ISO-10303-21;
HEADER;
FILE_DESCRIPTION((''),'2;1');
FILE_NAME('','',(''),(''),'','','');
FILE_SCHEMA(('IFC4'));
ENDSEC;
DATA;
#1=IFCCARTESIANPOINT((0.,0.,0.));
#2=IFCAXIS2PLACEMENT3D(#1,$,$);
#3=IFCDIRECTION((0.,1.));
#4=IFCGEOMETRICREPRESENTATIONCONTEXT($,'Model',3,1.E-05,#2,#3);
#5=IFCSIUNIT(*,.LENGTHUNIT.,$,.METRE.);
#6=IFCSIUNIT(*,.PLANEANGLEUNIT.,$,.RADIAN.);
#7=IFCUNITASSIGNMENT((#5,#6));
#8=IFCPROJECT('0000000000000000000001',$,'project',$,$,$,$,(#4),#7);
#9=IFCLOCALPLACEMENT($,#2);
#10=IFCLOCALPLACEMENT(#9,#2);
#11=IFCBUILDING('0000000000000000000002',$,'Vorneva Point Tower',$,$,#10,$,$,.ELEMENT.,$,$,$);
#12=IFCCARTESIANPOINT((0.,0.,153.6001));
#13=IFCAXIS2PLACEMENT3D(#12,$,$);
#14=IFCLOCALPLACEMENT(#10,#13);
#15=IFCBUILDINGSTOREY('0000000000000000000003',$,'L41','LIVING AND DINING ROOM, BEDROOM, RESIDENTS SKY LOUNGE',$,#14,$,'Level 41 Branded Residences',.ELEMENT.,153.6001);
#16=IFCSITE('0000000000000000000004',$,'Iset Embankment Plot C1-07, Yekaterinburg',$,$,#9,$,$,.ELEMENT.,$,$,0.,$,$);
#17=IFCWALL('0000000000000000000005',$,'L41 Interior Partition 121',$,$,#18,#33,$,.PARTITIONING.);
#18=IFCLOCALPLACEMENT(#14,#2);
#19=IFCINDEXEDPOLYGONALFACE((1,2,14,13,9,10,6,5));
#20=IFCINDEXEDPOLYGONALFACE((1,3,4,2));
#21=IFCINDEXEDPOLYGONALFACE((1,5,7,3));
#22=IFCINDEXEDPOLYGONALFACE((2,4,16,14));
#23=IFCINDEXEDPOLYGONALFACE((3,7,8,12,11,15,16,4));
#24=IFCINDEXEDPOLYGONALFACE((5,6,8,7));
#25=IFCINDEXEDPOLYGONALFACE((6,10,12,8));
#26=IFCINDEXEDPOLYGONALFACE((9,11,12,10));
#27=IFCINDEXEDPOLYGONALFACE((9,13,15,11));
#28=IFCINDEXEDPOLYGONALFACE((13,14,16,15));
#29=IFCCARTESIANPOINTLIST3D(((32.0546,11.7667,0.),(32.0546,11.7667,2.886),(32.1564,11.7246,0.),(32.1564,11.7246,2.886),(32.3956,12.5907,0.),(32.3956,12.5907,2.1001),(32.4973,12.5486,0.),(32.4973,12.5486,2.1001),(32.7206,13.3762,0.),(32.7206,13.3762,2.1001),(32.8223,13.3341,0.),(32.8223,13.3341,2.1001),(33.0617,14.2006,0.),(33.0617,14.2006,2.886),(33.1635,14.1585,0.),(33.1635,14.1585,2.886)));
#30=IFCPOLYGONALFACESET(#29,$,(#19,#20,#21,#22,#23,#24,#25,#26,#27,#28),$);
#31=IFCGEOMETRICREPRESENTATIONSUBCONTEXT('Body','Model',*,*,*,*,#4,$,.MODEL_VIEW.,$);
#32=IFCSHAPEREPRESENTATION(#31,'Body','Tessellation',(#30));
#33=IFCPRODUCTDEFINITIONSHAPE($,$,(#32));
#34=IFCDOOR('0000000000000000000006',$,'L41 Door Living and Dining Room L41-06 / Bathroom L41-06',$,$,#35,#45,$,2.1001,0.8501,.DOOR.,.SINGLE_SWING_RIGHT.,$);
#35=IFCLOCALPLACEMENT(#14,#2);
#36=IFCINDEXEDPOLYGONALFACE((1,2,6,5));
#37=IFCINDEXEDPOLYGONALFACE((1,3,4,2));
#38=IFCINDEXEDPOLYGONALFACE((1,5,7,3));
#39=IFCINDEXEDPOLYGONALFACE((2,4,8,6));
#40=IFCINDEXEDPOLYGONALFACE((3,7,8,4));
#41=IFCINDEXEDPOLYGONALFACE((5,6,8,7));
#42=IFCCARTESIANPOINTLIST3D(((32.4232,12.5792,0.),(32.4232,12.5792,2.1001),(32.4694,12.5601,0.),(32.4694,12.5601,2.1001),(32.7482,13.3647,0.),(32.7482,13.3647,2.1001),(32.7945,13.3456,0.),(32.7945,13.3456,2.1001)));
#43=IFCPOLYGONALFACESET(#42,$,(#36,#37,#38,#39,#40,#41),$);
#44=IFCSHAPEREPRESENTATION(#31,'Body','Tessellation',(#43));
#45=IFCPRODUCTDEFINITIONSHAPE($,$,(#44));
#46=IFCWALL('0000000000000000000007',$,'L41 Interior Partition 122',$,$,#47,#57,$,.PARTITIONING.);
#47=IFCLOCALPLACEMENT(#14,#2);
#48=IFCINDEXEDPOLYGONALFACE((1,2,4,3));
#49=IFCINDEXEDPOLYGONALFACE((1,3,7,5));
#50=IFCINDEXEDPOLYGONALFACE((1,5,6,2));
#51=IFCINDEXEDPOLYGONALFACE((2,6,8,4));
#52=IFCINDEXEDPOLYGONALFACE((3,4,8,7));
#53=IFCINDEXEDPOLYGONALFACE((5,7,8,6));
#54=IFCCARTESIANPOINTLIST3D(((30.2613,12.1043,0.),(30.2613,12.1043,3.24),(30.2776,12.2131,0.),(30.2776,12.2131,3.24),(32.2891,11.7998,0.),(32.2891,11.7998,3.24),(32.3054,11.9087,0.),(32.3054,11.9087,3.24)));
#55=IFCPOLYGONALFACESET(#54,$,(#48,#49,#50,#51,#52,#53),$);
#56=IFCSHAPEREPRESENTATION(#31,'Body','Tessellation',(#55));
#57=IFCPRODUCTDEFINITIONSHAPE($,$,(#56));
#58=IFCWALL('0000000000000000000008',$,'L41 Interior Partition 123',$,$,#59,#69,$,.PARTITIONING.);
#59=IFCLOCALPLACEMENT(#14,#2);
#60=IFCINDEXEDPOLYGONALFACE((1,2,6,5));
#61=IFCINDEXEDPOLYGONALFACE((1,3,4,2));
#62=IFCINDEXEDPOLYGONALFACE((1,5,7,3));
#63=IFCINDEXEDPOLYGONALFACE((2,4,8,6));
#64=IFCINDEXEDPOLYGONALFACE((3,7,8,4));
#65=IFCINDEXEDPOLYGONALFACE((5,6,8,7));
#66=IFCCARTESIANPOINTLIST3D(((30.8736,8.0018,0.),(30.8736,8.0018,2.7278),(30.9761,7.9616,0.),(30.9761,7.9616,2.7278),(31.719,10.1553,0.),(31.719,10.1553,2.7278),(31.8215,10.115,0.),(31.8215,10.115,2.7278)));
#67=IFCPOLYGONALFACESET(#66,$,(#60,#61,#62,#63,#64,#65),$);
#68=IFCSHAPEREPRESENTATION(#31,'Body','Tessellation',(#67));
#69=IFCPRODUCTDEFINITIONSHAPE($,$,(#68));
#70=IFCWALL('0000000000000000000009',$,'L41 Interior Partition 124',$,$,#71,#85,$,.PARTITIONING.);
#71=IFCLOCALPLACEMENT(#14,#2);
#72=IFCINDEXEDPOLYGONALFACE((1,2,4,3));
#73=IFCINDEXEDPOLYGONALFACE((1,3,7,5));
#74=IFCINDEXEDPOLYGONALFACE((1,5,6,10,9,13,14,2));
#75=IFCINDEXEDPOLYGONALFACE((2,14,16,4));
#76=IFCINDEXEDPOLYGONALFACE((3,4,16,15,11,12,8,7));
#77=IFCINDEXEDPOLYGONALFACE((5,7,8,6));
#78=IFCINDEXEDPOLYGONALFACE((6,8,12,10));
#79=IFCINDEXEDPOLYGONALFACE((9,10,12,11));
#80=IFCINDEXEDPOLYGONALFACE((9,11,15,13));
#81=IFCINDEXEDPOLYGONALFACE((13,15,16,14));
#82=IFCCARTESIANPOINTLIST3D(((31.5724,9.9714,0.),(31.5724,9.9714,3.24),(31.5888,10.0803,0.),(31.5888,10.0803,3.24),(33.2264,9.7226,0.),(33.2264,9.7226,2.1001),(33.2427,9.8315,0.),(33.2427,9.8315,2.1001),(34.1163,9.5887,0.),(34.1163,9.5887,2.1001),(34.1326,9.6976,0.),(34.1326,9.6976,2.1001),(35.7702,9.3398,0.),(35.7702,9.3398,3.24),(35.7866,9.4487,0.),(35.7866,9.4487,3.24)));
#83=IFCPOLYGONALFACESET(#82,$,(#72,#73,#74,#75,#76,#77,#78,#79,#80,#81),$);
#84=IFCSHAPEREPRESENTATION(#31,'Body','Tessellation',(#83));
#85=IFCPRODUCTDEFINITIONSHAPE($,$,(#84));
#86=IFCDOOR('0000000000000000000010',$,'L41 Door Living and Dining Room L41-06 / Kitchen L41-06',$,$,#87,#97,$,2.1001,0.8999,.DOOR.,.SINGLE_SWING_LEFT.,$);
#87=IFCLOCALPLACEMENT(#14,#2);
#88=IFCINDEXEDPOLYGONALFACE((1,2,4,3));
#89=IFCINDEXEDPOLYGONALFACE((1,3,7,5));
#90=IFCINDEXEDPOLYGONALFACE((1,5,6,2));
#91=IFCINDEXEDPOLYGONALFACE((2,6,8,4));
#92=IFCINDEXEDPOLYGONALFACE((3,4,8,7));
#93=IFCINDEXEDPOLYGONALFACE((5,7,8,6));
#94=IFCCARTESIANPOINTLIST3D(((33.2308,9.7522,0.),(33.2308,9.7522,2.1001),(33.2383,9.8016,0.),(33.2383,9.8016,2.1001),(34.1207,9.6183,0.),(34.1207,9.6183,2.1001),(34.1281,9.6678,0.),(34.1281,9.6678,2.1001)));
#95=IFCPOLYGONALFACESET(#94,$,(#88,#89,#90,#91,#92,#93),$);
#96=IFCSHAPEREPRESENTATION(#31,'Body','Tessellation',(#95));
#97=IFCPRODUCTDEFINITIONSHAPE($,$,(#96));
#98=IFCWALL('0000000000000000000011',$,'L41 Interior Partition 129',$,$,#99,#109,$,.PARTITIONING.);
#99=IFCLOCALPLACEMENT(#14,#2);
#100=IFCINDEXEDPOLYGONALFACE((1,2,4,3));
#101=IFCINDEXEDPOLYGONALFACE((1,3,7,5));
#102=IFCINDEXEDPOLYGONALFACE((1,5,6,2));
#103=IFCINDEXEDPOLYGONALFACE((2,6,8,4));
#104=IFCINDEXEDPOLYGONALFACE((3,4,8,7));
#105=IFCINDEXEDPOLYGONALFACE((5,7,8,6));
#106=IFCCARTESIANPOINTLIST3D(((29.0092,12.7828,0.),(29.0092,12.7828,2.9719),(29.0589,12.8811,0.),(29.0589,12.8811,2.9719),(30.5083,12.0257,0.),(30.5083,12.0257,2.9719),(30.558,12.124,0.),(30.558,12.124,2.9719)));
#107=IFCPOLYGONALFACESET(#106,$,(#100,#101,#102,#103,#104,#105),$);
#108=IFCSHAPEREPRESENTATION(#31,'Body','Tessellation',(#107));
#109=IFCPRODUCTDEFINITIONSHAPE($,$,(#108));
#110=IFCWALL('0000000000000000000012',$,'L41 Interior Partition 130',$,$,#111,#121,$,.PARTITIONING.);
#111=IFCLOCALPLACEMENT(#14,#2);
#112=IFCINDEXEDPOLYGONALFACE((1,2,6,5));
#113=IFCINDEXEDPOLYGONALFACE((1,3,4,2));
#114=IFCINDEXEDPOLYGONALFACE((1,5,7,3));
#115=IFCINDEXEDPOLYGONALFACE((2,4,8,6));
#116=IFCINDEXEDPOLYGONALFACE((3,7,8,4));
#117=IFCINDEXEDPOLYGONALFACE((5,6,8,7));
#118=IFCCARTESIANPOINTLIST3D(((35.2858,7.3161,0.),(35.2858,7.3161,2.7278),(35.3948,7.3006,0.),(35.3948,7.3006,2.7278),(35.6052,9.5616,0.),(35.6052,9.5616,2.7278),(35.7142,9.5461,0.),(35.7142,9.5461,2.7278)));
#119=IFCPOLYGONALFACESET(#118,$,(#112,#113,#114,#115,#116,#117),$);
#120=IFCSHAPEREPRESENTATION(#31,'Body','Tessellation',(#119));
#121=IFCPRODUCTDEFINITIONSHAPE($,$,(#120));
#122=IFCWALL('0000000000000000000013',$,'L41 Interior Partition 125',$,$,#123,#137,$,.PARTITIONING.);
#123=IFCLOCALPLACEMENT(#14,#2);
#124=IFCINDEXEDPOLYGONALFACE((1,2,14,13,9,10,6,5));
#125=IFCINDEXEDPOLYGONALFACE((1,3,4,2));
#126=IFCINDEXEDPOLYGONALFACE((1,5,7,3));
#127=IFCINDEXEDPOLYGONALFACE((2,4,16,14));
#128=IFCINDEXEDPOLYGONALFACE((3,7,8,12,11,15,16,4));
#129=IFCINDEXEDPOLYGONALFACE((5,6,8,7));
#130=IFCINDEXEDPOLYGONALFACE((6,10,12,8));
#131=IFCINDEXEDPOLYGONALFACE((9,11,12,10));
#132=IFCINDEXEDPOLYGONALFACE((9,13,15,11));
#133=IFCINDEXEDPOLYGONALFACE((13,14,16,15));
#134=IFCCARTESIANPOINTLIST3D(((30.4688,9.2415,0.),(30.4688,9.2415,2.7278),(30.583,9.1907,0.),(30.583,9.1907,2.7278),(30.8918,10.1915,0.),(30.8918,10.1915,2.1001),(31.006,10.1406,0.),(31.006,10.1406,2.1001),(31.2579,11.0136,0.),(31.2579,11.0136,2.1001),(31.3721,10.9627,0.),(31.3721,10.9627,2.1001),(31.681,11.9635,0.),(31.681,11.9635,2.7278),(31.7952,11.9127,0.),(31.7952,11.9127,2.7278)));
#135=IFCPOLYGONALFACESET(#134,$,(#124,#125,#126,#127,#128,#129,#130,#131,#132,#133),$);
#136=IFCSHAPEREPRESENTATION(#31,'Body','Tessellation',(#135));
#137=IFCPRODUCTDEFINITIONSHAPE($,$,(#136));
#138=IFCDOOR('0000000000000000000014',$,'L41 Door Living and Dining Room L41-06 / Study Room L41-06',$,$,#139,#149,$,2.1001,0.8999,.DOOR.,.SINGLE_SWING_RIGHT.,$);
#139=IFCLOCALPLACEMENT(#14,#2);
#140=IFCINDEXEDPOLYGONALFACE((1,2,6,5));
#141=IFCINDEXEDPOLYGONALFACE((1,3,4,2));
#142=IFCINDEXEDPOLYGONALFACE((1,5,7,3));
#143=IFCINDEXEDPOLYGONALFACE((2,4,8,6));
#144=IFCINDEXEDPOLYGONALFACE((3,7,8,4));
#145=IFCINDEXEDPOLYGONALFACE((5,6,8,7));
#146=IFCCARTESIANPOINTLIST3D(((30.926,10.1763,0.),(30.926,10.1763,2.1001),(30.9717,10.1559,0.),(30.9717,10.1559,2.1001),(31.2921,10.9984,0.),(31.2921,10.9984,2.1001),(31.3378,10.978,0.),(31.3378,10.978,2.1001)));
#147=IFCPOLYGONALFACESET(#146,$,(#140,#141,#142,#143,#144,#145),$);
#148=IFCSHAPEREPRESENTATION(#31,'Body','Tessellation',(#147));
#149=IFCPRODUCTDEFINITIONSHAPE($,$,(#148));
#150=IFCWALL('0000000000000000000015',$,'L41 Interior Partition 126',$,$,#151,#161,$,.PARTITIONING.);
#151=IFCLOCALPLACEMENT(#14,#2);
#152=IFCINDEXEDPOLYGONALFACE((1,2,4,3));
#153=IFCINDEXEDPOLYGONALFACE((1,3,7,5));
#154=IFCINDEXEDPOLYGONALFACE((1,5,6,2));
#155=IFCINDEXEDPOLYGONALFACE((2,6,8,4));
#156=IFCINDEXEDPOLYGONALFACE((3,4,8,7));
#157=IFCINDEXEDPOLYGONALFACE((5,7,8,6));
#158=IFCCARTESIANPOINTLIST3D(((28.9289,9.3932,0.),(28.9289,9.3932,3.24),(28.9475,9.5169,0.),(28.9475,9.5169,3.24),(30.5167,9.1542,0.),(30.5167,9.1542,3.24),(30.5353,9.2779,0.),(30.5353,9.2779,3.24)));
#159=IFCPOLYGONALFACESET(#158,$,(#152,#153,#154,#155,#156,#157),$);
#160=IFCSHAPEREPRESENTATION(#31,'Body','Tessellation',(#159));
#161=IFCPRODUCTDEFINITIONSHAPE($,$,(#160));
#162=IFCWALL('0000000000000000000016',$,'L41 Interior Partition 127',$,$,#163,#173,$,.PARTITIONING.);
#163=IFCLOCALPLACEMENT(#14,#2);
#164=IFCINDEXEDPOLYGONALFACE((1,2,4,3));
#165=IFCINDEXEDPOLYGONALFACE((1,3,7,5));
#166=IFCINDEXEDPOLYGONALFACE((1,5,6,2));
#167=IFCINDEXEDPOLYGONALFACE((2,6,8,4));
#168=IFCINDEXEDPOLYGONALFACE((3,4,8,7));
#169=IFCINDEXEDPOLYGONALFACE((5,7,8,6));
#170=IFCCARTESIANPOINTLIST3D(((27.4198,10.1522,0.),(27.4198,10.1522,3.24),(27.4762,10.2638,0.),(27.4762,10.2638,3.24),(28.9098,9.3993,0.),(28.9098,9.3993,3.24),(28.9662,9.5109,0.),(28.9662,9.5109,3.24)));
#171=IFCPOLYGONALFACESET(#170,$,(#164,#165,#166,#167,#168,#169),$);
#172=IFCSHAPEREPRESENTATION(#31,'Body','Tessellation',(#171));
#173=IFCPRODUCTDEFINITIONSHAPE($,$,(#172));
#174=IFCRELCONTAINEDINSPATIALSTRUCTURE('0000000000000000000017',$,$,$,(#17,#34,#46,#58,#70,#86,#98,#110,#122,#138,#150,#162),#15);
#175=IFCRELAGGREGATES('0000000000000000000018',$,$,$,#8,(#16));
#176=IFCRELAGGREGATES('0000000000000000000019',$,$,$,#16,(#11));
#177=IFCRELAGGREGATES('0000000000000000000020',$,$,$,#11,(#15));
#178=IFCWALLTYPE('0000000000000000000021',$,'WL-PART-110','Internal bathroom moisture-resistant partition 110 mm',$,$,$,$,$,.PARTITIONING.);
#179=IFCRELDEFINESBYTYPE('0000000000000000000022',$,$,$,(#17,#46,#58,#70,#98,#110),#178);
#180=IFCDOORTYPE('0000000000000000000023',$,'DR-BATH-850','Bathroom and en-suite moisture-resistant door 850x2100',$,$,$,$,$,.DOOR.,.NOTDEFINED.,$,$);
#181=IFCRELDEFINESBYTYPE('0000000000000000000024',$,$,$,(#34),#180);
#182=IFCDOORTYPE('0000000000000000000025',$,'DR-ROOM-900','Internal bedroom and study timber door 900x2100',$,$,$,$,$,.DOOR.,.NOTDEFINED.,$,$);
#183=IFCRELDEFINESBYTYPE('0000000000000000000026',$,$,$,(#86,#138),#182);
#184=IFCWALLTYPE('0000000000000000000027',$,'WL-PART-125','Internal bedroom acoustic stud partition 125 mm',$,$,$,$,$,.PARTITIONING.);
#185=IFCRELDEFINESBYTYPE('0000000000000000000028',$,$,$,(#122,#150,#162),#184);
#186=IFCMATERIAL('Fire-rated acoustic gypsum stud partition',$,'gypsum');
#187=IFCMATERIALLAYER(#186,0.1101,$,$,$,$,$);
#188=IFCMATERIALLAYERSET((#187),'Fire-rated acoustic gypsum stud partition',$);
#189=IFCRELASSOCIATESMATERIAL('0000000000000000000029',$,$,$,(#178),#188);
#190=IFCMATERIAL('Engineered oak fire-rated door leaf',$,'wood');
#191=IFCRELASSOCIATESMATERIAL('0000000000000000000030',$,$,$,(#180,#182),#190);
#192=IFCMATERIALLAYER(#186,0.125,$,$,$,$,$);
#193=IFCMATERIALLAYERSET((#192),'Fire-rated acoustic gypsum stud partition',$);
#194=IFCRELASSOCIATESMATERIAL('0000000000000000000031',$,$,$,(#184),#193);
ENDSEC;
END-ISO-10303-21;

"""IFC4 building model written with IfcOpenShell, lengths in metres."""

from ifc_helpers import new_model, si_unit, direction, frame, frame_2d, origin, place, context, subcontext, project, spatial, rectangle, extrude, material, layer, layer_set, type_object, element, fill, save


model = new_model("IFC4")

# Units and contexts
model_context = context("Model", 3, precision=1e-05, world=origin(), true_north=direction((0.0, 1.0)))
body_context = subcontext(model_context, "Body", "Model", "MODEL_VIEW")
ifc_project = project(units=[si_unit("LENGTHUNIT", "METRE"), si_unit("PLANEANGLEUNIT", "RADIAN")], contexts=[model_context])

# Site, building, storey
site_placement = place(None, origin())
site = spatial("IfcSite", under=ifc_project, at=site_placement, Name="Iset Embankment Plot C1-07, Yekaterinburg", CompositionType="ELEMENT", RefElevation=0.0)
building_placement = place(site_placement, origin())
building = spatial("IfcBuilding", under=site, at=building_placement, Name="Vorneva Point Tower", CompositionType="ELEMENT")
storey_placement = place(building_placement, frame((0.0, 0.0, 153.6001)))
storey = spatial("IfcBuildingStorey", under=building, at=storey_placement, Name="L41", Description="LIVING AND DINING ROOM, BEDROOM, RESIDENTS SKY LOUNGE", LongName="Level 41 Branded Residences", CompositionType="ELEMENT", Elevation=153.6001)

# Wall, opening, door
ifc_material_1 = material(Name="Fire-rated acoustic gypsum stud partition", Category="gypsum")
ifc_layer_1 = layer(ifc_material_1, 0.1101)
ifc_layer_set_1 = layer_set([ifc_layer_1], Name="Fire-rated acoustic gypsum stud partition")
wall_type_1 = type_object("IfcWallType", Name="WL-PART-110", Description="Internal bathroom moisture-resistant partition 110 mm", PredefinedType="PARTITIONING", material=ifc_layer_set_1)
wall_1_placement = place(storey_placement, frame((33.1125, 14.1794, 0.0), z_axis=(0.0, 0.0, 1.0), x_axis=(-0.382344, -0.92402, 0.0)))
wall_1 = element("IfcWall", 1, at=wall_1_placement, inside=storey, type_object=wall_type_1, Name="L41 Interior Partition 121", PredefinedType="PARTITIONING", context=body_context, shape_type="SweptSolid", body=[
    extrude(rectangle(XDim=2.634, YDim=0.1101, at=frame_2d((1.3169, 0.0))), origin(), (0.0, 0.0, 1.0), 2.886),
])
opening_1_placement = place(wall_1_placement, frame((0.8921, 0.0, 0.0)))
opening_1 = element("IfcOpeningElement", 2, at=opening_1_placement, cuts=wall_1, PredefinedType="OPENING", context=body_context, shape_type="SweptSolid", body=[
    extrude(rectangle(XDim=0.8501, YDim=2.1001, at=frame_2d((0.425, 1.05))), frame((0.0, 0.0698, 0.0), z_axis=(0.0, -1.0, 0.0), x_axis=(1.0, 0.0, 0.0)), (0.0, 0.0, 1.0), 0.1399),
])
ifc_material_2 = material(Name="Engineered oak fire-rated door leaf", Category="wood")
door_type_1 = type_object("IfcDoorType", Name="DR-BATH-850", Description="Bathroom and en-suite moisture-resistant door 850x2100", OperationType="NOTDEFINED", PredefinedType="DOOR", material=ifc_material_2)
door_1_placement = place(opening_1_placement, origin())
door_1 = element("IfcDoor", 3, at=door_1_placement, inside=storey, type_object=door_type_1, Name="L41 Door Living and Dining Room L41-06 / Bathroom L41-06", OperationType="SINGLE_SWING_RIGHT", OverallHeight=2.1001, OverallWidth=0.8501, PredefinedType="DOOR", context=body_context, shape_type="SweptSolid", body=[
    extrude(rectangle(XDim=0.8501, YDim=2.1001, at=frame_2d((0.425, 1.05))), frame((0.0, 0.0249, 0.0), z_axis=(0.0, -1.0, 0.0), x_axis=(1.0, 0.0, 0.0)), (0.0, 0.0, 1.0), 0.05),
])
fill(opening_1, door_1)

# Walls
wall_2_placement = place(storey_placement, frame((32.2974, 11.8542, 0.0), z_axis=(0.0, 0.0, 1.0), x_axis=(-0.988917, 0.148469, 0.0)))
element("IfcWall", 4, at=wall_2_placement, inside=storey, type_object=wall_type_1, Name="L41 Interior Partition 122", PredefinedType="PARTITIONING", context=body_context, shape_type="SweptSolid", body=[
    extrude(rectangle(XDim=2.0505, YDim=0.1101, at=frame_2d((1.0254, 0.0))), origin(), (0.0, 0.0, 1.0), 3.24),
])
wall_3_placement = place(storey_placement, frame((30.9248, 7.9817, 0.0), z_axis=(0.0, 0.0, 1.0), x_axis=(0.365434, 0.930837, 0.0)))
element("IfcWall", 5, at=wall_3_placement, inside=storey, type_object=wall_type_1, Name="L41 Interior Partition 123", PredefinedType="PARTITIONING", context=body_context, shape_type="SweptSolid", body=[
    extrude(rectangle(XDim=2.3135, YDim=0.1101, at=frame_2d((1.1567, 0.0))), origin(), (0.0, 0.0, 1.0), 2.7278),
])

# Wall, opening, door
wall_4_placement = place(storey_placement, frame((31.5806, 10.0259, 0.0), z_axis=(0.0, 0.0, 1.0), x_axis=(0.98887, -0.148785, 0.0)))
wall_4 = element("IfcWall", 6, at=wall_4_placement, inside=storey, type_object=wall_type_1, Name="L41 Interior Partition 124", PredefinedType="PARTITIONING", context=body_context, shape_type="SweptSolid", body=[
    extrude(rectangle(XDim=4.2451, YDim=0.1101, at=frame_2d((2.1226, 0.0))), origin(), (0.0, 0.0, 1.0), 3.24),
])
opening_2_placement = place(wall_4_placement, frame((1.6726, 0.0, 0.0)))
opening_2 = element("IfcOpeningElement", 7, at=opening_2_placement, cuts=wall_4, PredefinedType="OPENING", context=body_context, shape_type="SweptSolid", body=[
    extrude(rectangle(XDim=0.8999, YDim=2.1001, at=frame_2d((0.45, 1.05))), frame((0.0, 0.0698, 0.0), z_axis=(0.0, -1.0, 0.0), x_axis=(1.0, 0.0, 0.0)), (0.0, 0.0, 1.0), 0.1399),
])
door_type_2 = type_object("IfcDoorType", Name="DR-ROOM-900", Description="Internal bedroom and study timber door 900x2100", OperationType="NOTDEFINED", PredefinedType="DOOR", material=ifc_material_2)
door_2_placement = place(opening_2_placement, origin())
door_2 = element("IfcDoor", 8, at=door_2_placement, inside=storey, type_object=door_type_2, Name="L41 Door Living and Dining Room L41-06 / Kitchen L41-06", OperationType="SINGLE_SWING_LEFT", OverallHeight=2.1001, OverallWidth=0.8999, PredefinedType="DOOR", context=body_context, shape_type="SweptSolid", body=[
    extrude(rectangle(XDim=0.8999, YDim=2.1001, at=frame_2d((0.45, 1.05))), frame((0.0, 0.0249, 0.0), z_axis=(0.0, -1.0, 0.0), x_axis=(1.0, 0.0, 0.0)), (0.0, 0.0, 1.0), 0.05),
])
fill(opening_2, door_2)

# Walls
wall_5_placement = place(storey_placement, frame((29.0339, 12.832, 0.0), z_axis=(0.0, 0.0, 1.0), x_axis=(0.892617, -0.450815, 0.0)))
element("IfcWall", 9, at=wall_5_placement, inside=storey, type_object=wall_type_1, Name="L41 Interior Partition 129", PredefinedType="PARTITIONING", context=body_context, shape_type="SweptSolid", body=[
    extrude(rectangle(XDim=1.6794, YDim=0.1101, at=frame_2d((0.8398, 0.0))), origin(), (0.0, 0.0, 1.0), 2.9719),
])
wall_6_placement = place(storey_placement, frame((35.3403, 7.3083, 0.0), z_axis=(0.0, 0.0, 1.0), x_axis=(0.140803, 0.990038, 0.0)))
element("IfcWall", 10, at=wall_6_placement, inside=storey, type_object=wall_type_1, Name="L41 Interior Partition 130", PredefinedType="PARTITIONING", context=body_context, shape_type="SweptSolid", body=[
    extrude(rectangle(XDim=2.2681, YDim=0.1101, at=frame_2d((1.134, 0.0))), origin(), (0.0, 0.0, 1.0), 2.7278),
])

# Wall, opening, door
ifc_layer_2 = layer(ifc_material_1, 0.125)
ifc_layer_set_2 = layer_set([ifc_layer_2], Name="Fire-rated acoustic gypsum stud partition")
wall_type_2 = type_object("IfcWallType", Name="WL-PART-125", Description="Internal bedroom acoustic stud partition 125 mm", PredefinedType="PARTITIONING", material=ifc_layer_set_2)
wall_7_placement = place(storey_placement, frame((31.738, 11.938, 0.0), z_axis=(0.0, 0.0, 1.0), x_axis=(-0.406815, -0.913511, 0.0)))
wall_7 = element("IfcWall", 11, at=wall_7_placement, inside=storey, type_object=wall_type_2, Name="L41 Interior Partition 125", PredefinedType="PARTITIONING", context=body_context, shape_type="SweptSolid", body=[
    extrude(rectangle(XDim=2.9797, YDim=0.125, at=frame_2d((1.4897, 0.0))), origin(), (0.0, 0.0, 1.0), 2.7278),
])
opening_3_placement = place(wall_7_placement, frame((1.0398, 0.0, 0.0)))
opening_3 = element("IfcOpeningElement", 12, at=opening_3_placement, cuts=wall_7, PredefinedType="OPENING", context=body_context, shape_type="SweptSolid", body=[
    extrude(rectangle(XDim=0.8999, YDim=2.1001, at=frame_2d((0.45, 1.05))), frame((0.0, 0.0774, 0.0), z_axis=(0.0, -1.0, 0.0), x_axis=(1.0, 0.0, 0.0)), (0.0, 0.0, 1.0), 0.1548),
])
door_3_placement = place(opening_3_placement, origin())
door_3 = element("IfcDoor", 13, at=door_3_placement, inside=storey, type_object=door_type_2, Name="L41 Door Living and Dining Room L41-06 / Study Room L41-06", OperationType="SINGLE_SWING_RIGHT", OverallHeight=2.1001, OverallWidth=0.8999, PredefinedType="DOOR", context=body_context, shape_type="SweptSolid", body=[
    extrude(rectangle(XDim=0.8999, YDim=2.1001, at=frame_2d((0.45, 1.05))), frame((0.0, 0.0249, 0.0), z_axis=(0.0, -1.0, 0.0), x_axis=(1.0, 0.0, 0.0)), (0.0, 0.0, 1.0), 0.05),
])
fill(opening_3, door_3)

# Walls
wall_8_placement = place(storey_placement, frame((30.5259, 9.2161, 0.0), z_axis=(0.0, 0.0, 1.0), x_axis=(-0.98886, 0.148846, 0.0)))
element("IfcWall", 14, at=wall_8_placement, inside=storey, type_object=wall_type_2, Name="L41 Interior Partition 126", PredefinedType="PARTITIONING", context=body_context, shape_type="SweptSolid", body=[
    extrude(rectangle(XDim=1.6057, YDim=0.125, at=frame_2d((0.8027, 0.0))), origin(), (0.0, 0.0, 1.0), 3.24),
])
wall_9_placement = place(storey_placement, frame((28.938, 9.4551, 0.0), z_axis=(0.0, 0.0, 1.0), x_axis=(-0.892518, 0.451012, 0.0)))
element("IfcWall", 15, at=wall_9_placement, inside=storey, type_object=wall_type_2, Name="L41 Interior Partition 127", PredefinedType="PARTITIONING", context=body_context, shape_type="SweptSolid", body=[
    extrude(rectangle(XDim=1.6694, YDim=0.125, at=frame_2d((0.8347, 0.0))), origin(), (0.0, 0.0, 1.0), 3.24),
])

save(model, "model.ifc")
